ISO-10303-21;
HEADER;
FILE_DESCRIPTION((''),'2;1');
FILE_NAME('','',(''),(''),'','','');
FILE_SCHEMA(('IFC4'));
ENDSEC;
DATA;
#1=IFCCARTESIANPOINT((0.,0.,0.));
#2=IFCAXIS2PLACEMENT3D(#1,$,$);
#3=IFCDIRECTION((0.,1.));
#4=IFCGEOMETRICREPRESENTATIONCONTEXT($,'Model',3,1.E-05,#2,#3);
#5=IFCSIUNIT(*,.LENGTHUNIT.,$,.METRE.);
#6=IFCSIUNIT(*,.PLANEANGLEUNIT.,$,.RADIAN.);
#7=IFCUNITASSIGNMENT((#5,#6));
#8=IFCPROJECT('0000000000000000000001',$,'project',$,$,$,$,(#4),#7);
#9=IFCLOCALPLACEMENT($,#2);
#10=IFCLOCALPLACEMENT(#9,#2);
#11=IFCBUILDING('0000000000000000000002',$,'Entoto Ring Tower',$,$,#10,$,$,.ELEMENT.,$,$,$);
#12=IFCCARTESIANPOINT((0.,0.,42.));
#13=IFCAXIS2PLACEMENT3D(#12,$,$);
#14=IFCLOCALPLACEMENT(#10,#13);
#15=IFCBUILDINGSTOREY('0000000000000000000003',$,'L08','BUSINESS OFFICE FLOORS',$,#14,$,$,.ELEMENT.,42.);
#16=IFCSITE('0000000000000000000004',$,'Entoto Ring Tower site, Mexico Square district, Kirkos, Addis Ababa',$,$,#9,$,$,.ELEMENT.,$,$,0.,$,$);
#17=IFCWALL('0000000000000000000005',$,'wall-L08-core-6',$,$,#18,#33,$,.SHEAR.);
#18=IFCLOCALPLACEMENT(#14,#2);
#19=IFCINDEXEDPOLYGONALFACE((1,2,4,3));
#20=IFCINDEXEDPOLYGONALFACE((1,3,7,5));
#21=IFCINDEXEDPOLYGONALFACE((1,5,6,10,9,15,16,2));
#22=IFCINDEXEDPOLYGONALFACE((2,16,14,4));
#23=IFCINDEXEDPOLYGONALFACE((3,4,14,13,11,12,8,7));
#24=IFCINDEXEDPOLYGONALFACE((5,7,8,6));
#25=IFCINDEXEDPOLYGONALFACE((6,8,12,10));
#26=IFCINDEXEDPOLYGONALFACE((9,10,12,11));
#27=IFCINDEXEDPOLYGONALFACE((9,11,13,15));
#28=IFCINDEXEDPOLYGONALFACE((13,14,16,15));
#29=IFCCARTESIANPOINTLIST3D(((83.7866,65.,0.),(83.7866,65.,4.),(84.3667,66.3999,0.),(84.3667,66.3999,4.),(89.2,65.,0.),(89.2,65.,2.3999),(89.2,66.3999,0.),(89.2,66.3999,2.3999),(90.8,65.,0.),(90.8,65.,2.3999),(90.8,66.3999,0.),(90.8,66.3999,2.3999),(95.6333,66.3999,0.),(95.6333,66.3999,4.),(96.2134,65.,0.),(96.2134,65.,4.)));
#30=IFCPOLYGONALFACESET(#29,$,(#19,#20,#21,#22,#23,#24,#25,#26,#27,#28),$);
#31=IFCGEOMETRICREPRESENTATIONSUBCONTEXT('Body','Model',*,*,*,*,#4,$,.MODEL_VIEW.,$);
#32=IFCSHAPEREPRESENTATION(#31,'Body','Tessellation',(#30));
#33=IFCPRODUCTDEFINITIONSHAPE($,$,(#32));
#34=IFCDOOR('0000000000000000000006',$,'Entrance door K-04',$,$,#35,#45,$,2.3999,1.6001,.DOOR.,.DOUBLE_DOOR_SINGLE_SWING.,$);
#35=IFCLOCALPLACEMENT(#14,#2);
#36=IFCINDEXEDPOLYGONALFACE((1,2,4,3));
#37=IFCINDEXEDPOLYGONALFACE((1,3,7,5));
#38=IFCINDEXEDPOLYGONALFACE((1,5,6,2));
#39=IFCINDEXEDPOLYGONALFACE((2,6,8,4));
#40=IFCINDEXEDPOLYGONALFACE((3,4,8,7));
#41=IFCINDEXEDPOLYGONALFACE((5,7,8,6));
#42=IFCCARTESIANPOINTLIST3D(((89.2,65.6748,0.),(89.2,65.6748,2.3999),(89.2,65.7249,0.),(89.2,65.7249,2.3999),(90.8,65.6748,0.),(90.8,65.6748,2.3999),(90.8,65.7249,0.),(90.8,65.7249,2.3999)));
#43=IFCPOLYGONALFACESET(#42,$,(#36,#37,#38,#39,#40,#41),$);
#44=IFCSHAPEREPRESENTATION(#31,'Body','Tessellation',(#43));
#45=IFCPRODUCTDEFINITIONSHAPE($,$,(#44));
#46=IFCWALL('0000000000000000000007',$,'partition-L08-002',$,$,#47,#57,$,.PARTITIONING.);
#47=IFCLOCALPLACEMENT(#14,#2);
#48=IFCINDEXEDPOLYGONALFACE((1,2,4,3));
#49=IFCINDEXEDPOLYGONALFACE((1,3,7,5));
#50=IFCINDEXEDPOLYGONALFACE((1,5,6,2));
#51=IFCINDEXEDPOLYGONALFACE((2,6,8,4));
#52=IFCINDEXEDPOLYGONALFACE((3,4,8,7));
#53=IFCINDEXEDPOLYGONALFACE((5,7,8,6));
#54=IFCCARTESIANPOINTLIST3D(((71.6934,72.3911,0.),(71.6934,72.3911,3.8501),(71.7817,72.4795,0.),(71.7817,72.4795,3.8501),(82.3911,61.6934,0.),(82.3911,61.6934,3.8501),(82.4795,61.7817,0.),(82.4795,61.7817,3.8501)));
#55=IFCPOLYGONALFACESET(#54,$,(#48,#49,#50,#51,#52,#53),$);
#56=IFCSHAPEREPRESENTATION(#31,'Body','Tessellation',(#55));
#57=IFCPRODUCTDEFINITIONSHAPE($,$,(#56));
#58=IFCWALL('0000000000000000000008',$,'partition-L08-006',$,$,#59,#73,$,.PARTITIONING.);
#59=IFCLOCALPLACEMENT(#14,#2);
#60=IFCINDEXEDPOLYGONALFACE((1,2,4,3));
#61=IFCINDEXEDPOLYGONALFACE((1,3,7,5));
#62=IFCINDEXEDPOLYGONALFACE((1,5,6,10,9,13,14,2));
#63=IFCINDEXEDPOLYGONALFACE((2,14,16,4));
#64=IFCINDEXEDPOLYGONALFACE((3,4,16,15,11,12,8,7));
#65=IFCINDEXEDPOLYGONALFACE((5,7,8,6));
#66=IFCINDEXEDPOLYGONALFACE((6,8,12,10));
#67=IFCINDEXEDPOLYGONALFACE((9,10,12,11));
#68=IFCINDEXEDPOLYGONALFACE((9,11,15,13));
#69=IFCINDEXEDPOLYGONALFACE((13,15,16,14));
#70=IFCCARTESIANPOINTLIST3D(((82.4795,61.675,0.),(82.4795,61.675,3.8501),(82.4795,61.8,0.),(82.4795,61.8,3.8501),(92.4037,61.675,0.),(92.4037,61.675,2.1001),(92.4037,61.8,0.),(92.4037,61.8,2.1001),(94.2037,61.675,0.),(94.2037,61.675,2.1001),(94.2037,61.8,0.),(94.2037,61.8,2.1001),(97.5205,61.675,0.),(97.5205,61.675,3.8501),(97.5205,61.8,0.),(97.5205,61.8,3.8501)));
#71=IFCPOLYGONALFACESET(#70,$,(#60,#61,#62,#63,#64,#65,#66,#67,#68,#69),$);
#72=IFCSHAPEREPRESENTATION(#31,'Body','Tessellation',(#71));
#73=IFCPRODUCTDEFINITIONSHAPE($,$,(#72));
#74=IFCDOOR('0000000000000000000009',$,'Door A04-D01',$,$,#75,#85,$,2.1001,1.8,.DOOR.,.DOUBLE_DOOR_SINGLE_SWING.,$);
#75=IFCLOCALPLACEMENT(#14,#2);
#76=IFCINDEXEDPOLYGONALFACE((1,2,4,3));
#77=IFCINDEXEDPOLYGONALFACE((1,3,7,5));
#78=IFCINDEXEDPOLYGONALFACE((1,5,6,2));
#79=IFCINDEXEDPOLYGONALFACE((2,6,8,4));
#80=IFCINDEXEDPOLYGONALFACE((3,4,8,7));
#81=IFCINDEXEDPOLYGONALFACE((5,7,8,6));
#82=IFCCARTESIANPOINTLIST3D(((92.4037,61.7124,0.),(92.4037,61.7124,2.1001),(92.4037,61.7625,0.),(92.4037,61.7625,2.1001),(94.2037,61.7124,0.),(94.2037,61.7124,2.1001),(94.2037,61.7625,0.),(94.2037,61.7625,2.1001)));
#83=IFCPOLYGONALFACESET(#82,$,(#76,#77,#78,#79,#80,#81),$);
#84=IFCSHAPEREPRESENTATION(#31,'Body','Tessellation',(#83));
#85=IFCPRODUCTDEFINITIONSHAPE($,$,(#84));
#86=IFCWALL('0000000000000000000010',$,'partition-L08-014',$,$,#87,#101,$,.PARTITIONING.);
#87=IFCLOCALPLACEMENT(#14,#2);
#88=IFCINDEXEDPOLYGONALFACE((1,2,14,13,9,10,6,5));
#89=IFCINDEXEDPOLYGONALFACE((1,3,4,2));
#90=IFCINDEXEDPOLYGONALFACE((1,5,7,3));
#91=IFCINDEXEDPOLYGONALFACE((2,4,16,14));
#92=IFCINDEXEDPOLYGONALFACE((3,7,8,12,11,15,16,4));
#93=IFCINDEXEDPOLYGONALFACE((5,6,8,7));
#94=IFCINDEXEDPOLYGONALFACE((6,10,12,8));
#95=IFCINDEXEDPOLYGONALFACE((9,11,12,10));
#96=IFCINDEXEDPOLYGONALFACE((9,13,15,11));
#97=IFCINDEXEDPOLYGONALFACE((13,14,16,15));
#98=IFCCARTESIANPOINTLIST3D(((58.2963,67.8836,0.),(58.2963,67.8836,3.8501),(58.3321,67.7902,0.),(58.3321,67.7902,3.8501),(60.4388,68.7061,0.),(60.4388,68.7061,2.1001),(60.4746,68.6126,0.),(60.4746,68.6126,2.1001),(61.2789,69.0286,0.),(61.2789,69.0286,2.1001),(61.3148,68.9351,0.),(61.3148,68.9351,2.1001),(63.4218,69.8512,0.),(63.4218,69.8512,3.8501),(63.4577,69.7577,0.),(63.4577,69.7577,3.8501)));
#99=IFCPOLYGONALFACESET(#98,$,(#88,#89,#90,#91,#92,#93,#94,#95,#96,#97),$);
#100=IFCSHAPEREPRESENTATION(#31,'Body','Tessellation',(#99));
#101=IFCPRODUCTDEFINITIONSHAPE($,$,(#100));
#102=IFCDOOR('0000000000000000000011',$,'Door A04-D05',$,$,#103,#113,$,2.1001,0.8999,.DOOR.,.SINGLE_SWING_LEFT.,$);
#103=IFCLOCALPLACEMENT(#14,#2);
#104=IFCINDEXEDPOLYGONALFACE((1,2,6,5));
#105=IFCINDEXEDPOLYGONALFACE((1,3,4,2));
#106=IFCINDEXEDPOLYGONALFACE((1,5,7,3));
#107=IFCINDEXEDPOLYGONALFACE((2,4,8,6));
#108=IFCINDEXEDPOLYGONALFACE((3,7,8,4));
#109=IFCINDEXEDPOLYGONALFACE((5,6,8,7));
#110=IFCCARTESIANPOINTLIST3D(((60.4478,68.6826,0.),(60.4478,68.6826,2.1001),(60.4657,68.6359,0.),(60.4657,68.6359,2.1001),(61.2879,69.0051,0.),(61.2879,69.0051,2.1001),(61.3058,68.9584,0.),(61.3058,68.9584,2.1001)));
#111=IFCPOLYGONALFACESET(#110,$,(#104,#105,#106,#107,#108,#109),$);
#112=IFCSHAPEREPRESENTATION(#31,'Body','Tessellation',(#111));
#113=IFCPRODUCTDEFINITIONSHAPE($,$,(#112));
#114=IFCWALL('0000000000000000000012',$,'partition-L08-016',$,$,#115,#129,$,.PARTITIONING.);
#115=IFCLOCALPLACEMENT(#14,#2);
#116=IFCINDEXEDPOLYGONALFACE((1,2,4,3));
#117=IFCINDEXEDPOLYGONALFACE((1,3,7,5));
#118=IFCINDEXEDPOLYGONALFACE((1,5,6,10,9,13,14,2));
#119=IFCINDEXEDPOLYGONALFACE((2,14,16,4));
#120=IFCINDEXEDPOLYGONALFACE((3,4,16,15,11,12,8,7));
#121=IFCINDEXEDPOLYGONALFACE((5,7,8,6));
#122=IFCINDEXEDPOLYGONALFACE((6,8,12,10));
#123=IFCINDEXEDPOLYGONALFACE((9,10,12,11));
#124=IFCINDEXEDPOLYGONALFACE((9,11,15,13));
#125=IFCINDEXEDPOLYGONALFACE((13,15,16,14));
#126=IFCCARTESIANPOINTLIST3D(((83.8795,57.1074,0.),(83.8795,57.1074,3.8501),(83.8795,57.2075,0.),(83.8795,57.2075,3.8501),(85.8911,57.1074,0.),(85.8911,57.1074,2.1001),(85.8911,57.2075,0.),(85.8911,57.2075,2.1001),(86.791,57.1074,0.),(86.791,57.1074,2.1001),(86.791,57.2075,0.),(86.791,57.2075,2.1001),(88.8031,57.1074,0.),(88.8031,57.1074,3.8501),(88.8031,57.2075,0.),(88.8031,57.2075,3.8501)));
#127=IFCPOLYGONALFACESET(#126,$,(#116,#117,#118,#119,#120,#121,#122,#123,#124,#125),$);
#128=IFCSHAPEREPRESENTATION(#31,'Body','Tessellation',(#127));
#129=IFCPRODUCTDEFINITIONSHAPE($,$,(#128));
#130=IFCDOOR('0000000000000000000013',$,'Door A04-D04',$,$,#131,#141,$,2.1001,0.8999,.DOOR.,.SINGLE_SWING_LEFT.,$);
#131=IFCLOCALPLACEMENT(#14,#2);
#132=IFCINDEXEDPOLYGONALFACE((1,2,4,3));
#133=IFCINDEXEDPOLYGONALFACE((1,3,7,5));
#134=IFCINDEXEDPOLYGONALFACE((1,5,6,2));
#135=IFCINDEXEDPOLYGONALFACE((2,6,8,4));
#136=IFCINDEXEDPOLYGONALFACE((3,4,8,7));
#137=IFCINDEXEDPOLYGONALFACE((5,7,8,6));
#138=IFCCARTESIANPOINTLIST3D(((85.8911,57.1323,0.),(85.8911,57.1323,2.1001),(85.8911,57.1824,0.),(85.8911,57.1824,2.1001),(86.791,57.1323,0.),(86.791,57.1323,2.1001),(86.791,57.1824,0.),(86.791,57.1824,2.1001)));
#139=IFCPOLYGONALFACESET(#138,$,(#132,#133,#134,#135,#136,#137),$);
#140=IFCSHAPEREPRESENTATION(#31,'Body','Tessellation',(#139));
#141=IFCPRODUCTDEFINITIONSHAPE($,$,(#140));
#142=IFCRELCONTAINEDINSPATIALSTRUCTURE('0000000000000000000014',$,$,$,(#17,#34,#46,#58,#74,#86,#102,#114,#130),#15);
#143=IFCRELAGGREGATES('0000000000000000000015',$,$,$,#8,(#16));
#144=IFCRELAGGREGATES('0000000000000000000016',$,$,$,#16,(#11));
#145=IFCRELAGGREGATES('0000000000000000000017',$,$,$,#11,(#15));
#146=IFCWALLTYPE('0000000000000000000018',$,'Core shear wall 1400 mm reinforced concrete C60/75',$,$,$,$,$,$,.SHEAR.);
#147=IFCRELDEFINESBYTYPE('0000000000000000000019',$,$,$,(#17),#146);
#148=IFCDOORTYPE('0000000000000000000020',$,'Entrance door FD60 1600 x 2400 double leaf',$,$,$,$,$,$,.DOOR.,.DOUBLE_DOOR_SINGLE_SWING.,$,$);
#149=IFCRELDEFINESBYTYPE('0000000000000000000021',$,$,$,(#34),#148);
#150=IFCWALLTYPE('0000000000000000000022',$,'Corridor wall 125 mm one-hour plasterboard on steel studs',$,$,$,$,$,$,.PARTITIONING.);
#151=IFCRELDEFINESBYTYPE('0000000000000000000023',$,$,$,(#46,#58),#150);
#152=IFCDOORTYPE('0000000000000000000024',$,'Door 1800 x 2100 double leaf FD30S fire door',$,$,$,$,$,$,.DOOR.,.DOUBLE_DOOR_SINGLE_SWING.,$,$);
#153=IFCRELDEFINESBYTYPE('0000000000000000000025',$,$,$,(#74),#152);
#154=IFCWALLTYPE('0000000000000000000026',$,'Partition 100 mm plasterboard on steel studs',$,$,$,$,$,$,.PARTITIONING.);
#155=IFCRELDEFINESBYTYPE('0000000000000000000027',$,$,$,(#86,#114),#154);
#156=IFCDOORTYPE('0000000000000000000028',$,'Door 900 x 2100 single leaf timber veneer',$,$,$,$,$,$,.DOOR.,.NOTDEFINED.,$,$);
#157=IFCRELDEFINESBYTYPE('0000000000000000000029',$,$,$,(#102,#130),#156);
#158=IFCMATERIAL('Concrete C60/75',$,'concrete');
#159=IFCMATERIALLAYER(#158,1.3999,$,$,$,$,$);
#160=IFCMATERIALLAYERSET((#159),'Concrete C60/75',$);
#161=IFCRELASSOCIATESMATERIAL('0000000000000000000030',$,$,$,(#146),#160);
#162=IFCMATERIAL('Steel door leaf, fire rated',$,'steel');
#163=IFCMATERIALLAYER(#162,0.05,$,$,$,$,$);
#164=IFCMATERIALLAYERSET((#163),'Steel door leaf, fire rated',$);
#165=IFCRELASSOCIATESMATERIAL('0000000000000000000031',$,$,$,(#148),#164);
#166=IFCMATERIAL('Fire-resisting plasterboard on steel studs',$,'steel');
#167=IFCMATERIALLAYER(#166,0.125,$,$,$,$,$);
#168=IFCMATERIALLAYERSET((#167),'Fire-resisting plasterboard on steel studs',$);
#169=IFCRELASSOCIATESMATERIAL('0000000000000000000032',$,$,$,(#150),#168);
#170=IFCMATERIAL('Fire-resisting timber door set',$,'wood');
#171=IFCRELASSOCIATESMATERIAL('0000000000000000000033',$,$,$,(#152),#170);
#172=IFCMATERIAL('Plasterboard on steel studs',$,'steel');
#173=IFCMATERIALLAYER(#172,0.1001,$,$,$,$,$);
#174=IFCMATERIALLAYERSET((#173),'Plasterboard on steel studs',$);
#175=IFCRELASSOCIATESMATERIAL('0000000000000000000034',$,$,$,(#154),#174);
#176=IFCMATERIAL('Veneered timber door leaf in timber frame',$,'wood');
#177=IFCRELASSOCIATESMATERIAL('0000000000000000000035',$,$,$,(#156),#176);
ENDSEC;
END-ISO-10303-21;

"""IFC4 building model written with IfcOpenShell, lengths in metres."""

from ifc_helpers import new_model, si_unit, direction, frame, frame_2d, origin, place, context, subcontext, project, spatial, polyline, rectangle, outline, extrude, material, layer, layer_set, type_object, element, fill, save


model = new_model("IFC4")

# Units and contexts
model_context = context("Model", 3, precision=1e-05, world=origin(), true_north=direction((0.0, 1.0)))
body_context = subcontext(model_context, "Body", "Model", "MODEL_VIEW")
ifc_project = project(units=[si_unit("LENGTHUNIT", "METRE"), si_unit("PLANEANGLEUNIT", "RADIAN")], contexts=[model_context])

# Site, building, storey
site_placement = place(None, origin())
site = spatial("IfcSite", under=ifc_project, at=site_placement, Name="Entoto Ring Tower site, Mexico Square district, Kirkos, Addis Ababa", CompositionType="ELEMENT", RefElevation=0.0)
building_placement = place(site_placement, origin())
building = spatial("IfcBuilding", under=site, at=building_placement, Name="Entoto Ring Tower", CompositionType="ELEMENT")
storey_placement = place(building_placement, frame((0.0, 0.0, 42.0)))
storey = spatial("IfcBuildingStorey", under=building, at=storey_placement, Name="L08", Description="BUSINESS OFFICE FLOORS", CompositionType="ELEMENT", Elevation=42.0)

# Wall, opening, door
ifc_material_1 = material(Name="Concrete C60/75", Category="concrete")
ifc_layer_1 = layer(ifc_material_1, 1.3999)
ifc_layer_set_1 = layer_set([ifc_layer_1], Name="Concrete C60/75")
wall_type_1 = type_object("IfcWallType", Name="Core shear wall 1400 mm reinforced concrete C60/75", PredefinedType="SHEAR", material=ifc_layer_set_1)
wall_1_placement = place(storey_placement, frame((84.0767, 65.7, 0.0), z_axis=(0.0, 0.0, 1.0), x_axis=(1.0, 0.0, 0.0)))
wall_1 = element("IfcWall", 1, at=wall_1_placement, inside=storey, type_object=wall_type_1, Name="wall-L08-core-6", PredefinedType="SHEAR", context=body_context, shape_type="SweptSolid", body=[
    extrude(outline(polyline([(-0.29, -0.7), (12.1367, -0.7), (11.5566, 0.7), (0.29, 0.7), (-0.29, -0.7)])), origin(), (0.0, 0.0, 1.0), 4.0),
])
opening_1_placement = place(wall_1_placement, frame((5.1233, 0.0, 0.0)))
opening_1 = element("IfcOpeningElement", 2, at=opening_1_placement, cuts=wall_1, PredefinedType="OPENING", context=body_context, shape_type="SweptSolid", body=[
    extrude(rectangle(XDim=1.6001, YDim=2.3999, at=frame_2d((0.8, 1.2))), frame((0.0, 0.71, 0.0), z_axis=(0.0, -1.0, 0.0), x_axis=(1.0, 0.0, 0.0)), (0.0, 0.0, 1.0), 1.4199),
])
ifc_material_2 = material(Name="Steel door leaf, fire rated", Category="steel")
ifc_layer_2 = layer(ifc_material_2, 0.05)
ifc_layer_set_2 = layer_set([ifc_layer_2], Name="Steel door leaf, fire rated")
door_type_1 = type_object("IfcDoorType", Name="Entrance door FD60 1600 x 2400 double leaf", OperationType="DOUBLE_DOOR_SINGLE_SWING", PredefinedType="DOOR", material=ifc_layer_set_2)
door_1_placement = place(opening_1_placement, origin())
door_1 = element("IfcDoor", 3, at=door_1_placement, inside=storey, type_object=door_type_1, Name="Entrance door K-04", OperationType="DOUBLE_DOOR_SINGLE_SWING", OverallHeight=2.3999, OverallWidth=1.6001, PredefinedType="DOOR", context=body_context, shape_type="SweptSolid", body=[
    extrude(rectangle(XDim=1.6001, YDim=2.3999, at=frame_2d((0.8, 1.2))), frame((0.0, 0.0249, 0.0), z_axis=(0.0, -1.0, 0.0), x_axis=(1.0, 0.0, 0.0)), (0.0, 0.0, 1.0), 0.05),
])
fill(opening_1, door_1)

# Wall
ifc_material_3 = material(Name="Fire-resisting plasterboard on steel studs", Category="steel")
ifc_layer_3 = layer(ifc_material_3, 0.125)
ifc_layer_set_3 = layer_set([ifc_layer_3], Name="Fire-resisting plasterboard on steel studs")
wall_type_2 = type_object("IfcWallType", Name="Corridor wall 125 mm one-hour plasterboard on steel studs", PredefinedType="PARTITIONING", material=ifc_layer_set_3)
wall_2_placement = place(storey_placement, frame((82.4353, 61.7375, 0.0), z_axis=(0.0, 0.0, 1.0), x_axis=(-0.707107, 0.707107, 0.0)))
element("IfcWall", 4, at=wall_2_placement, inside=storey, type_object=wall_type_2, Name="partition-L08-002", PredefinedType="PARTITIONING", context=body_context, shape_type="SweptSolid", body=[
    extrude(rectangle(XDim=15.1289, YDim=0.125, at=frame_2d((7.5645, 0.0))), origin(), (0.0, 0.0, 1.0), 3.8501),
])

# Walls, openings, doors
wall_3_placement = place(storey_placement, frame((82.4795, 61.7375, 0.0), z_axis=(0.0, 0.0, 1.0), x_axis=(1.0, 0.0, 0.0)))
wall_3 = element("IfcWall", 5, at=wall_3_placement, inside=storey, type_object=wall_type_2, Name="partition-L08-006", PredefinedType="PARTITIONING", context=body_context, shape_type="SweptSolid", body=[
    extrude(rectangle(XDim=15.041, YDim=0.125, at=frame_2d((7.5205, 0.0))), origin(), (0.0, 0.0, 1.0), 3.8501),
])
opening_2_placement = place(wall_3_placement, frame((9.9243, 0.0, 0.0)))
opening_2 = element("IfcOpeningElement", 6, at=opening_2_placement, cuts=wall_3, PredefinedType="OPENING", context=body_context, shape_type="SweptSolid", body=[
    extrude(rectangle(XDim=1.8, YDim=2.1001, at=frame_2d((0.8999, 1.05))), frame((0.0, 0.0725, 0.0), z_axis=(0.0, -1.0, 0.0), x_axis=(1.0, 0.0, 0.0)), (0.0, 0.0, 1.0), 0.145),
])
ifc_material_4 = material(Name="Fire-resisting timber door set", Category="wood")
door_type_2 = type_object("IfcDoorType", Name="Door 1800 x 2100 double leaf FD30S fire door", OperationType="DOUBLE_DOOR_SINGLE_SWING", PredefinedType="DOOR", material=ifc_material_4)
door_2_placement = place(opening_2_placement, origin())
door_2 = element("IfcDoor", 7, at=door_2_placement, inside=storey, type_object=door_type_2, Name="Door A04-D01", OperationType="DOUBLE_DOOR_SINGLE_SWING", OverallHeight=2.1001, OverallWidth=1.8, PredefinedType="DOOR", context=body_context, shape_type="SweptSolid", body=[
    extrude(rectangle(XDim=1.8, YDim=2.1001, at=frame_2d((0.8999, 1.05))), frame((0.0, 0.0249, 0.0), z_axis=(0.0, -1.0, 0.0), x_axis=(1.0, 0.0, 0.0)), (0.0, 0.0, 1.0), 0.05),
])
fill(opening_2, door_2)
ifc_material_5 = material(Name="Plasterboard on steel studs", Category="steel")
ifc_layer_4 = layer(ifc_material_5, 0.1001)
ifc_layer_set_4 = layer_set([ifc_layer_4], Name="Plasterboard on steel studs")
wall_type_3 = type_object("IfcWallType", Name="Partition 100 mm plasterboard on steel studs", PredefinedType="PARTITIONING", material=ifc_layer_set_4)
wall_4_placement = place(storey_placement, frame((58.3142, 67.8369, 0.0), z_axis=(0.0, 0.0, 1.0), x_axis=(0.933578, 0.358374, 0.0)))
wall_4 = element("IfcWall", 8, at=wall_4_placement, inside=storey, type_object=wall_type_3, Name="partition-L08-014", PredefinedType="PARTITIONING", context=body_context, shape_type="SweptSolid", body=[
    extrude(rectangle(XDim=5.4902, YDim=0.1001, at=frame_2d((2.7451, 0.0))), origin(), (0.0, 0.0, 1.0), 3.8501),
])
opening_3_placement = place(wall_4_placement, frame((2.2949, 0.0, 0.0)))
opening_3 = element("IfcOpeningElement", 9, at=opening_3_placement, cuts=wall_4, PredefinedType="OPENING", context=body_context, shape_type="SweptSolid", body=[
    extrude(rectangle(XDim=0.8999, YDim=2.1001, at=frame_2d((0.45, 1.05))), frame((0.0, 0.0601, 0.0), z_axis=(0.0, -1.0, 0.0), x_axis=(1.0, 0.0, 0.0)), (0.0, 0.0, 1.0), 0.1201),
])
ifc_material_6 = material(Name="Veneered timber door leaf in timber frame", Category="wood")
door_type_3 = type_object("IfcDoorType", Name="Door 900 x 2100 single leaf timber veneer", OperationType="NOTDEFINED", PredefinedType="DOOR", material=ifc_material_6)
door_3_placement = place(opening_3_placement, origin())
door_3 = element("IfcDoor", 10, at=door_3_placement, inside=storey, type_object=door_type_3, Name="Door A04-D05", OperationType="SINGLE_SWING_LEFT", OverallHeight=2.1001, OverallWidth=0.8999, PredefinedType="DOOR", context=body_context, shape_type="SweptSolid", body=[
    extrude(rectangle(XDim=0.8999, YDim=2.1001, at=frame_2d((0.45, 1.05))), frame((0.0, 0.0249, 0.0), z_axis=(0.0, -1.0, 0.0), x_axis=(1.0, 0.0, 0.0)), (0.0, 0.0, 1.0), 0.05),
])
fill(opening_3, door_3)
wall_5_placement = place(storey_placement, frame((83.8794, 57.1575, 0.0), z_axis=(0.0, 0.0, 1.0), x_axis=(1.0, 0.0, 0.0)))
wall_5 = element("IfcWall", 11, at=wall_5_placement, inside=storey, type_object=wall_type_3, Name="partition-L08-016", PredefinedType="PARTITIONING", context=body_context, shape_type="SweptSolid", body=[
    extrude(rectangle(XDim=4.9236, YDim=0.1001, at=frame_2d((2.4619, 0.0))), origin(), (0.0, 0.0, 1.0), 3.8501),
])
opening_4_placement = place(wall_5_placement, frame((2.0117, 0.0, 0.0)))
opening_4 = element("IfcOpeningElement", 12, at=opening_4_placement, cuts=wall_5, PredefinedType="OPENING", context=body_context, shape_type="SweptSolid", body=[
    extrude(rectangle(XDim=0.8999, YDim=2.1001, at=frame_2d((0.45, 1.05))), frame((0.0, 0.0601, 0.0), z_axis=(0.0, -1.0, 0.0), x_axis=(1.0, 0.0, 0.0)), (0.0, 0.0, 1.0), 0.1201),
])
door_4_placement = place(opening_4_placement, origin())
door_4 = element("IfcDoor", 13, at=door_4_placement, inside=storey, type_object=door_type_3, Name="Door A04-D04", OperationType="SINGLE_SWING_LEFT", OverallHeight=2.1001, OverallWidth=0.8999, PredefinedType="DOOR", context=body_context, shape_type="SweptSolid", body=[
    extrude(rectangle(XDim=0.8999, YDim=2.1001, at=frame_2d((0.45, 1.05))), frame((0.0, 0.0249, 0.0), z_axis=(0.0, -1.0, 0.0), x_axis=(1.0, 0.0, 0.0)), (0.0, 0.0, 1.0), 0.05),
])
fill(opening_4, door_4)

save(model, "model.ifc")
